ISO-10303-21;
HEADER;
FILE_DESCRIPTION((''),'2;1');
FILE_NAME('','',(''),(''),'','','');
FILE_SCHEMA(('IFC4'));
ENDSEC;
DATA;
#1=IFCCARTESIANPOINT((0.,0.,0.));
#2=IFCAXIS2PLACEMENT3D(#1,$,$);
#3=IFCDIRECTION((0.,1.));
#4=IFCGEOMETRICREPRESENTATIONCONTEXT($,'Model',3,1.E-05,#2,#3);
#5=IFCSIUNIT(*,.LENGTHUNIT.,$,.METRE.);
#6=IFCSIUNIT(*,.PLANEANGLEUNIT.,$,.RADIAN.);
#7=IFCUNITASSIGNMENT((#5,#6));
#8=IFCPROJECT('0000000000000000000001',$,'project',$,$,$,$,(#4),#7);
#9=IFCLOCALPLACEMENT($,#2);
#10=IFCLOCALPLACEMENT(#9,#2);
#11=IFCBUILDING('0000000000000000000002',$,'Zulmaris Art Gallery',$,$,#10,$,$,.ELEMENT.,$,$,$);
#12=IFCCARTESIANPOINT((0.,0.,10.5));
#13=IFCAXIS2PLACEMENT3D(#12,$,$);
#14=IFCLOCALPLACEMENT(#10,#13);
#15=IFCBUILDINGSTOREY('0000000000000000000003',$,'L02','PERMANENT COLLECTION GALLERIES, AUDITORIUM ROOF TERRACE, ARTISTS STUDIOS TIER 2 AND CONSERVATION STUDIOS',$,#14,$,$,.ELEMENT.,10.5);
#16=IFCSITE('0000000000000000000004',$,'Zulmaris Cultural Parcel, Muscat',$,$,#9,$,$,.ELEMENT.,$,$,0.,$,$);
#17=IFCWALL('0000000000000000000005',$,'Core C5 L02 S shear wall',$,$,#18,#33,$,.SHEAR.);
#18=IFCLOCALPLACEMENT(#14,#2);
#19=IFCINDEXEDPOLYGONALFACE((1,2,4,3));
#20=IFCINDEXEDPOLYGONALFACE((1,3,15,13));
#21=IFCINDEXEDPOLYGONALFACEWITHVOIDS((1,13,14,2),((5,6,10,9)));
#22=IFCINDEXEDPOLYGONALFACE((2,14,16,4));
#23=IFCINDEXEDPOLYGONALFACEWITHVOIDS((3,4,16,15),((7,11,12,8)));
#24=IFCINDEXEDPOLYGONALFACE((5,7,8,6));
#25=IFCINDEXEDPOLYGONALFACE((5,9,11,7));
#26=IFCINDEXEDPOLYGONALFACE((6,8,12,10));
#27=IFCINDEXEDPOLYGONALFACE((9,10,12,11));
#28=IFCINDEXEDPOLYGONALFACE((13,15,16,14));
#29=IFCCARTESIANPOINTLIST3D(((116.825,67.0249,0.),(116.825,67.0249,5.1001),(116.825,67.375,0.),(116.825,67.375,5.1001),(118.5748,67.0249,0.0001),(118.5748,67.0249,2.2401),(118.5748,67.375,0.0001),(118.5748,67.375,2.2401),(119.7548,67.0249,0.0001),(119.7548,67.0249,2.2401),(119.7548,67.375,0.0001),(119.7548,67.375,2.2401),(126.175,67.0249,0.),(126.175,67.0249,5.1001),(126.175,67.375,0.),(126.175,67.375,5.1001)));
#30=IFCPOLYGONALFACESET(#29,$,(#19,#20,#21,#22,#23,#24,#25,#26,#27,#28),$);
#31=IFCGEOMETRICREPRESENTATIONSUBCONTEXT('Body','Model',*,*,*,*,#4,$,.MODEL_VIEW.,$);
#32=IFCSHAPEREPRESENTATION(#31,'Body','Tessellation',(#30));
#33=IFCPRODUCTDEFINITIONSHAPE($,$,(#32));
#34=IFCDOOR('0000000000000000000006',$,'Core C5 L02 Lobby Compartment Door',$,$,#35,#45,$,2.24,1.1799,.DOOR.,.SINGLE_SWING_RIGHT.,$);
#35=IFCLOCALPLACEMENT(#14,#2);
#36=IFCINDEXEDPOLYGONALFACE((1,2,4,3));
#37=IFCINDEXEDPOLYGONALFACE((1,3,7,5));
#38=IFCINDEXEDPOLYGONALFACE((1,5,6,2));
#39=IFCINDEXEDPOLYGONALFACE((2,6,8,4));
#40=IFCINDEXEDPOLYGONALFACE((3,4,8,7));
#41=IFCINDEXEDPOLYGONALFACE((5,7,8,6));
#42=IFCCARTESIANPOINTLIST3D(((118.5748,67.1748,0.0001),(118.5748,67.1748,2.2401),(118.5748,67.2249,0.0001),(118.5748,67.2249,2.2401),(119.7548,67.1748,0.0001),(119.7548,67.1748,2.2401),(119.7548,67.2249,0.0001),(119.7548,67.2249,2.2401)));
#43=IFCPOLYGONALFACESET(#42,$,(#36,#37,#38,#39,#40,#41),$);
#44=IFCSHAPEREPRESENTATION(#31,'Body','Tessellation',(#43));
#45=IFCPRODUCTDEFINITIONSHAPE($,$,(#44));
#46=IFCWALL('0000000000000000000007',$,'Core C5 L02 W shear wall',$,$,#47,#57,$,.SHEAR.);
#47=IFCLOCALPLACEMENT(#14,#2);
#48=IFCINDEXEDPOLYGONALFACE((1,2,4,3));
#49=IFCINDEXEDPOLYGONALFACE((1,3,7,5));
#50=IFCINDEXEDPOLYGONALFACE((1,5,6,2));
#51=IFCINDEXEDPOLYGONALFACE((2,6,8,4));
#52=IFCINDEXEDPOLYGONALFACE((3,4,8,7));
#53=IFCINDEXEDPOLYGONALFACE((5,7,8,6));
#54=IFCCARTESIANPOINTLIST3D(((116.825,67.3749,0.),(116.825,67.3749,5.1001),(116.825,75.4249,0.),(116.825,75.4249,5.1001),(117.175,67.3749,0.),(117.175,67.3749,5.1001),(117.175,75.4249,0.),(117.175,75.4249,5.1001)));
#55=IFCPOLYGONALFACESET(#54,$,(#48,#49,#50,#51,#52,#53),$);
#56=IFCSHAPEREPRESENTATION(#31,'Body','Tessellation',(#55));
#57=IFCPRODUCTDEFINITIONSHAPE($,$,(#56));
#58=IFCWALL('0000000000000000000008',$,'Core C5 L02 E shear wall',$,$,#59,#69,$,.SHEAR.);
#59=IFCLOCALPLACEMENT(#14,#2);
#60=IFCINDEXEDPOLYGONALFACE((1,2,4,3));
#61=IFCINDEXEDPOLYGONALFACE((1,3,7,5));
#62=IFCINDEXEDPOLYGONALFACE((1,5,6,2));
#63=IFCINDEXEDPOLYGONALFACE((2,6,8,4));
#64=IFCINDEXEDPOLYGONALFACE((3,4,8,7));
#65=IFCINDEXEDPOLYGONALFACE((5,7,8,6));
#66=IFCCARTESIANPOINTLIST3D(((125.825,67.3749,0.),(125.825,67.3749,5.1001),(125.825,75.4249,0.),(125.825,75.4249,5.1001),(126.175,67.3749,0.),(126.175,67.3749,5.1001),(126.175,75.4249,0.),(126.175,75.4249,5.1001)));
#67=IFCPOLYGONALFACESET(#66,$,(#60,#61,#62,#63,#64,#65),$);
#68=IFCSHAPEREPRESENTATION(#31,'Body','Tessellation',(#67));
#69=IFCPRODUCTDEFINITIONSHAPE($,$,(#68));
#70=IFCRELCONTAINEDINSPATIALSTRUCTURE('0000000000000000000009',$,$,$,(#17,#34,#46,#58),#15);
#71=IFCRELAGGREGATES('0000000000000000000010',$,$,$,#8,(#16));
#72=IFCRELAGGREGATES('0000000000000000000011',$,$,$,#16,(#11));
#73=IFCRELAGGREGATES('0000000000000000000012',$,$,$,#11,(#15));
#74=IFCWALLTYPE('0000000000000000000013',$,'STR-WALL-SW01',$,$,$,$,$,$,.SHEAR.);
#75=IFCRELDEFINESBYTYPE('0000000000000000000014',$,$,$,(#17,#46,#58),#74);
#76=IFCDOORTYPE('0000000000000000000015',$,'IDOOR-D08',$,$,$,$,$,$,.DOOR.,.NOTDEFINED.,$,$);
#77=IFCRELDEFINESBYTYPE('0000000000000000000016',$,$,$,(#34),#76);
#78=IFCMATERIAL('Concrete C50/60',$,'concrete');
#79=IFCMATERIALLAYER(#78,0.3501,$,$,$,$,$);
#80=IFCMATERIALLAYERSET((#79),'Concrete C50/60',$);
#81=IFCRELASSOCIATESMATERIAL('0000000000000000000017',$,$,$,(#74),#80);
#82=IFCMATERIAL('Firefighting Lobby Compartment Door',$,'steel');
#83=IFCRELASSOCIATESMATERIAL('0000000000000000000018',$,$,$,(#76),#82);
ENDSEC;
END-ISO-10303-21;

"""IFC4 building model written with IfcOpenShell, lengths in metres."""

from ifc_helpers import new_model, si_unit, direction, frame, frame_2d, origin, place, context, subcontext, project, spatial, rectangle, extrude, material, layer, layer_set, type_object, element, fill, save


model = new_model("IFC4")

# Units and contexts
model_context = context("Model", 3, precision=1e-05, world=origin(), true_north=direction((0.0, 1.0)))
body_context = subcontext(model_context, "Body", "Model", "MODEL_VIEW")
ifc_project = project(units=[si_unit("LENGTHUNIT", "METRE"), si_unit("PLANEANGLEUNIT", "RADIAN")], contexts=[model_context])

# Site, building, storey
site_placement = place(None, origin())
site = spatial("IfcSite", under=ifc_project, at=site_placement, Name="Zulmaris Cultural Parcel, Muscat", CompositionType="ELEMENT", RefElevation=0.0)
building_placement = place(site_placement, origin())
building = spatial("IfcBuilding", under=site, at=building_placement, Name="Zulmaris Art Gallery", CompositionType="ELEMENT")
storey_placement = place(building_placement, frame((0.0, 0.0, 10.5)))
storey = spatial("IfcBuildingStorey", under=building, at=storey_placement, Name="L02", Description="PERMANENT COLLECTION GALLERIES, AUDITORIUM ROOF TERRACE, ARTISTS STUDIOS TIER 2 AND CONSERVATION STUDIOS", CompositionType="ELEMENT", Elevation=10.5)

# Wall, opening, door
ifc_material_1 = material(Name="Concrete C50/60", Category="concrete")
ifc_layer_1 = layer(ifc_material_1, 0.3501)
ifc_layer_set_1 = layer_set([ifc_layer_1], Name="Concrete C50/60")
wall_type_1 = type_object("IfcWallType", Name="STR-WALL-SW01", PredefinedType="SHEAR", material=ifc_layer_set_1)
wall_1_placement = place(storey_placement, frame((116.825, 67.2, 0.0), z_axis=(0.0, 0.0, 1.0), x_axis=(1.0, 0.0, 0.0)))
wall_1 = element("IfcWall", 1, at=wall_1_placement, inside=storey, type_object=wall_type_1, Name="Core C5 L02 S shear wall", PredefinedType="SHEAR", context=body_context, shape_type="SweptSolid", body=[
    extrude(rectangle(XDim=9.3501, YDim=0.3501, at=frame_2d((4.675, 0.0))), origin(), (0.0, 0.0, 1.0), 5.1001),
])
opening_1_placement = place(wall_1_placement, frame((1.75, 0.0, 0.0)))
opening_1 = element("IfcOpeningElement", 2, at=opening_1_placement, cuts=wall_1, PredefinedType="OPENING", context=body_context, shape_type="SweptSolid", body=[
    extrude(rectangle(XDim=1.1799, YDim=2.24, at=frame_2d((0.5898, 1.1201))), frame((0.0, 0.1851, 0.0), z_axis=(0.0, -1.0, 0.0), x_axis=(1.0, 0.0, 0.0)), (0.0, 0.0, 1.0), 0.3701),
])
ifc_material_2 = material(Name="Firefighting Lobby Compartment Door", Category="steel")
door_type_1 = type_object("IfcDoorType", Name="IDOOR-D08", OperationType="NOTDEFINED", PredefinedType="DOOR", material=ifc_material_2)
door_1_placement = place(opening_1_placement, origin())
door_1 = element("IfcDoor", 3, at=door_1_placement, inside=storey, type_object=door_type_1, Name="Core C5 L02 Lobby Compartment Door", OperationType="SINGLE_SWING_RIGHT", OverallHeight=2.24, OverallWidth=1.1799, PredefinedType="DOOR", context=body_context, shape_type="SweptSolid", body=[
    extrude(rectangle(XDim=1.1799, YDim=2.24, at=frame_2d((0.5898, 1.1201))), frame((0.0, 0.0249, 0.0), z_axis=(0.0, -1.0, 0.0), x_axis=(1.0, 0.0, 0.0)), (0.0, 0.0, 1.0), 0.05),
])
fill(opening_1, door_1)

# Walls
for number, where, z_axis, x_axis, name in (
    (4, (117.0, 67.375, 0.0), (0.0, 0.0, 1.0), (0.0, 1.0, 0.0), "Core C5 L02 W shear wall"),
    (5, (126.0, 67.375, 0.0), (0.0, 0.0, 1.0), (0.0, 1.0, 0.0), "Core C5 L02 E shear wall"),
):
    element("IfcWall", number, at=place(storey_placement, frame(where, z_axis=z_axis, x_axis=x_axis)), inside=storey, type_object=wall_type_1, Name=name, PredefinedType="SHEAR", context=body_context, shape_type="SweptSolid", body=[
        extrude(rectangle(XDim=8.05, YDim=0.3501, at=frame_2d((4.0249, 0.0))), origin(), (0.0, 0.0, 1.0), 5.1001),
    ])

save(model, "model.ifc")
